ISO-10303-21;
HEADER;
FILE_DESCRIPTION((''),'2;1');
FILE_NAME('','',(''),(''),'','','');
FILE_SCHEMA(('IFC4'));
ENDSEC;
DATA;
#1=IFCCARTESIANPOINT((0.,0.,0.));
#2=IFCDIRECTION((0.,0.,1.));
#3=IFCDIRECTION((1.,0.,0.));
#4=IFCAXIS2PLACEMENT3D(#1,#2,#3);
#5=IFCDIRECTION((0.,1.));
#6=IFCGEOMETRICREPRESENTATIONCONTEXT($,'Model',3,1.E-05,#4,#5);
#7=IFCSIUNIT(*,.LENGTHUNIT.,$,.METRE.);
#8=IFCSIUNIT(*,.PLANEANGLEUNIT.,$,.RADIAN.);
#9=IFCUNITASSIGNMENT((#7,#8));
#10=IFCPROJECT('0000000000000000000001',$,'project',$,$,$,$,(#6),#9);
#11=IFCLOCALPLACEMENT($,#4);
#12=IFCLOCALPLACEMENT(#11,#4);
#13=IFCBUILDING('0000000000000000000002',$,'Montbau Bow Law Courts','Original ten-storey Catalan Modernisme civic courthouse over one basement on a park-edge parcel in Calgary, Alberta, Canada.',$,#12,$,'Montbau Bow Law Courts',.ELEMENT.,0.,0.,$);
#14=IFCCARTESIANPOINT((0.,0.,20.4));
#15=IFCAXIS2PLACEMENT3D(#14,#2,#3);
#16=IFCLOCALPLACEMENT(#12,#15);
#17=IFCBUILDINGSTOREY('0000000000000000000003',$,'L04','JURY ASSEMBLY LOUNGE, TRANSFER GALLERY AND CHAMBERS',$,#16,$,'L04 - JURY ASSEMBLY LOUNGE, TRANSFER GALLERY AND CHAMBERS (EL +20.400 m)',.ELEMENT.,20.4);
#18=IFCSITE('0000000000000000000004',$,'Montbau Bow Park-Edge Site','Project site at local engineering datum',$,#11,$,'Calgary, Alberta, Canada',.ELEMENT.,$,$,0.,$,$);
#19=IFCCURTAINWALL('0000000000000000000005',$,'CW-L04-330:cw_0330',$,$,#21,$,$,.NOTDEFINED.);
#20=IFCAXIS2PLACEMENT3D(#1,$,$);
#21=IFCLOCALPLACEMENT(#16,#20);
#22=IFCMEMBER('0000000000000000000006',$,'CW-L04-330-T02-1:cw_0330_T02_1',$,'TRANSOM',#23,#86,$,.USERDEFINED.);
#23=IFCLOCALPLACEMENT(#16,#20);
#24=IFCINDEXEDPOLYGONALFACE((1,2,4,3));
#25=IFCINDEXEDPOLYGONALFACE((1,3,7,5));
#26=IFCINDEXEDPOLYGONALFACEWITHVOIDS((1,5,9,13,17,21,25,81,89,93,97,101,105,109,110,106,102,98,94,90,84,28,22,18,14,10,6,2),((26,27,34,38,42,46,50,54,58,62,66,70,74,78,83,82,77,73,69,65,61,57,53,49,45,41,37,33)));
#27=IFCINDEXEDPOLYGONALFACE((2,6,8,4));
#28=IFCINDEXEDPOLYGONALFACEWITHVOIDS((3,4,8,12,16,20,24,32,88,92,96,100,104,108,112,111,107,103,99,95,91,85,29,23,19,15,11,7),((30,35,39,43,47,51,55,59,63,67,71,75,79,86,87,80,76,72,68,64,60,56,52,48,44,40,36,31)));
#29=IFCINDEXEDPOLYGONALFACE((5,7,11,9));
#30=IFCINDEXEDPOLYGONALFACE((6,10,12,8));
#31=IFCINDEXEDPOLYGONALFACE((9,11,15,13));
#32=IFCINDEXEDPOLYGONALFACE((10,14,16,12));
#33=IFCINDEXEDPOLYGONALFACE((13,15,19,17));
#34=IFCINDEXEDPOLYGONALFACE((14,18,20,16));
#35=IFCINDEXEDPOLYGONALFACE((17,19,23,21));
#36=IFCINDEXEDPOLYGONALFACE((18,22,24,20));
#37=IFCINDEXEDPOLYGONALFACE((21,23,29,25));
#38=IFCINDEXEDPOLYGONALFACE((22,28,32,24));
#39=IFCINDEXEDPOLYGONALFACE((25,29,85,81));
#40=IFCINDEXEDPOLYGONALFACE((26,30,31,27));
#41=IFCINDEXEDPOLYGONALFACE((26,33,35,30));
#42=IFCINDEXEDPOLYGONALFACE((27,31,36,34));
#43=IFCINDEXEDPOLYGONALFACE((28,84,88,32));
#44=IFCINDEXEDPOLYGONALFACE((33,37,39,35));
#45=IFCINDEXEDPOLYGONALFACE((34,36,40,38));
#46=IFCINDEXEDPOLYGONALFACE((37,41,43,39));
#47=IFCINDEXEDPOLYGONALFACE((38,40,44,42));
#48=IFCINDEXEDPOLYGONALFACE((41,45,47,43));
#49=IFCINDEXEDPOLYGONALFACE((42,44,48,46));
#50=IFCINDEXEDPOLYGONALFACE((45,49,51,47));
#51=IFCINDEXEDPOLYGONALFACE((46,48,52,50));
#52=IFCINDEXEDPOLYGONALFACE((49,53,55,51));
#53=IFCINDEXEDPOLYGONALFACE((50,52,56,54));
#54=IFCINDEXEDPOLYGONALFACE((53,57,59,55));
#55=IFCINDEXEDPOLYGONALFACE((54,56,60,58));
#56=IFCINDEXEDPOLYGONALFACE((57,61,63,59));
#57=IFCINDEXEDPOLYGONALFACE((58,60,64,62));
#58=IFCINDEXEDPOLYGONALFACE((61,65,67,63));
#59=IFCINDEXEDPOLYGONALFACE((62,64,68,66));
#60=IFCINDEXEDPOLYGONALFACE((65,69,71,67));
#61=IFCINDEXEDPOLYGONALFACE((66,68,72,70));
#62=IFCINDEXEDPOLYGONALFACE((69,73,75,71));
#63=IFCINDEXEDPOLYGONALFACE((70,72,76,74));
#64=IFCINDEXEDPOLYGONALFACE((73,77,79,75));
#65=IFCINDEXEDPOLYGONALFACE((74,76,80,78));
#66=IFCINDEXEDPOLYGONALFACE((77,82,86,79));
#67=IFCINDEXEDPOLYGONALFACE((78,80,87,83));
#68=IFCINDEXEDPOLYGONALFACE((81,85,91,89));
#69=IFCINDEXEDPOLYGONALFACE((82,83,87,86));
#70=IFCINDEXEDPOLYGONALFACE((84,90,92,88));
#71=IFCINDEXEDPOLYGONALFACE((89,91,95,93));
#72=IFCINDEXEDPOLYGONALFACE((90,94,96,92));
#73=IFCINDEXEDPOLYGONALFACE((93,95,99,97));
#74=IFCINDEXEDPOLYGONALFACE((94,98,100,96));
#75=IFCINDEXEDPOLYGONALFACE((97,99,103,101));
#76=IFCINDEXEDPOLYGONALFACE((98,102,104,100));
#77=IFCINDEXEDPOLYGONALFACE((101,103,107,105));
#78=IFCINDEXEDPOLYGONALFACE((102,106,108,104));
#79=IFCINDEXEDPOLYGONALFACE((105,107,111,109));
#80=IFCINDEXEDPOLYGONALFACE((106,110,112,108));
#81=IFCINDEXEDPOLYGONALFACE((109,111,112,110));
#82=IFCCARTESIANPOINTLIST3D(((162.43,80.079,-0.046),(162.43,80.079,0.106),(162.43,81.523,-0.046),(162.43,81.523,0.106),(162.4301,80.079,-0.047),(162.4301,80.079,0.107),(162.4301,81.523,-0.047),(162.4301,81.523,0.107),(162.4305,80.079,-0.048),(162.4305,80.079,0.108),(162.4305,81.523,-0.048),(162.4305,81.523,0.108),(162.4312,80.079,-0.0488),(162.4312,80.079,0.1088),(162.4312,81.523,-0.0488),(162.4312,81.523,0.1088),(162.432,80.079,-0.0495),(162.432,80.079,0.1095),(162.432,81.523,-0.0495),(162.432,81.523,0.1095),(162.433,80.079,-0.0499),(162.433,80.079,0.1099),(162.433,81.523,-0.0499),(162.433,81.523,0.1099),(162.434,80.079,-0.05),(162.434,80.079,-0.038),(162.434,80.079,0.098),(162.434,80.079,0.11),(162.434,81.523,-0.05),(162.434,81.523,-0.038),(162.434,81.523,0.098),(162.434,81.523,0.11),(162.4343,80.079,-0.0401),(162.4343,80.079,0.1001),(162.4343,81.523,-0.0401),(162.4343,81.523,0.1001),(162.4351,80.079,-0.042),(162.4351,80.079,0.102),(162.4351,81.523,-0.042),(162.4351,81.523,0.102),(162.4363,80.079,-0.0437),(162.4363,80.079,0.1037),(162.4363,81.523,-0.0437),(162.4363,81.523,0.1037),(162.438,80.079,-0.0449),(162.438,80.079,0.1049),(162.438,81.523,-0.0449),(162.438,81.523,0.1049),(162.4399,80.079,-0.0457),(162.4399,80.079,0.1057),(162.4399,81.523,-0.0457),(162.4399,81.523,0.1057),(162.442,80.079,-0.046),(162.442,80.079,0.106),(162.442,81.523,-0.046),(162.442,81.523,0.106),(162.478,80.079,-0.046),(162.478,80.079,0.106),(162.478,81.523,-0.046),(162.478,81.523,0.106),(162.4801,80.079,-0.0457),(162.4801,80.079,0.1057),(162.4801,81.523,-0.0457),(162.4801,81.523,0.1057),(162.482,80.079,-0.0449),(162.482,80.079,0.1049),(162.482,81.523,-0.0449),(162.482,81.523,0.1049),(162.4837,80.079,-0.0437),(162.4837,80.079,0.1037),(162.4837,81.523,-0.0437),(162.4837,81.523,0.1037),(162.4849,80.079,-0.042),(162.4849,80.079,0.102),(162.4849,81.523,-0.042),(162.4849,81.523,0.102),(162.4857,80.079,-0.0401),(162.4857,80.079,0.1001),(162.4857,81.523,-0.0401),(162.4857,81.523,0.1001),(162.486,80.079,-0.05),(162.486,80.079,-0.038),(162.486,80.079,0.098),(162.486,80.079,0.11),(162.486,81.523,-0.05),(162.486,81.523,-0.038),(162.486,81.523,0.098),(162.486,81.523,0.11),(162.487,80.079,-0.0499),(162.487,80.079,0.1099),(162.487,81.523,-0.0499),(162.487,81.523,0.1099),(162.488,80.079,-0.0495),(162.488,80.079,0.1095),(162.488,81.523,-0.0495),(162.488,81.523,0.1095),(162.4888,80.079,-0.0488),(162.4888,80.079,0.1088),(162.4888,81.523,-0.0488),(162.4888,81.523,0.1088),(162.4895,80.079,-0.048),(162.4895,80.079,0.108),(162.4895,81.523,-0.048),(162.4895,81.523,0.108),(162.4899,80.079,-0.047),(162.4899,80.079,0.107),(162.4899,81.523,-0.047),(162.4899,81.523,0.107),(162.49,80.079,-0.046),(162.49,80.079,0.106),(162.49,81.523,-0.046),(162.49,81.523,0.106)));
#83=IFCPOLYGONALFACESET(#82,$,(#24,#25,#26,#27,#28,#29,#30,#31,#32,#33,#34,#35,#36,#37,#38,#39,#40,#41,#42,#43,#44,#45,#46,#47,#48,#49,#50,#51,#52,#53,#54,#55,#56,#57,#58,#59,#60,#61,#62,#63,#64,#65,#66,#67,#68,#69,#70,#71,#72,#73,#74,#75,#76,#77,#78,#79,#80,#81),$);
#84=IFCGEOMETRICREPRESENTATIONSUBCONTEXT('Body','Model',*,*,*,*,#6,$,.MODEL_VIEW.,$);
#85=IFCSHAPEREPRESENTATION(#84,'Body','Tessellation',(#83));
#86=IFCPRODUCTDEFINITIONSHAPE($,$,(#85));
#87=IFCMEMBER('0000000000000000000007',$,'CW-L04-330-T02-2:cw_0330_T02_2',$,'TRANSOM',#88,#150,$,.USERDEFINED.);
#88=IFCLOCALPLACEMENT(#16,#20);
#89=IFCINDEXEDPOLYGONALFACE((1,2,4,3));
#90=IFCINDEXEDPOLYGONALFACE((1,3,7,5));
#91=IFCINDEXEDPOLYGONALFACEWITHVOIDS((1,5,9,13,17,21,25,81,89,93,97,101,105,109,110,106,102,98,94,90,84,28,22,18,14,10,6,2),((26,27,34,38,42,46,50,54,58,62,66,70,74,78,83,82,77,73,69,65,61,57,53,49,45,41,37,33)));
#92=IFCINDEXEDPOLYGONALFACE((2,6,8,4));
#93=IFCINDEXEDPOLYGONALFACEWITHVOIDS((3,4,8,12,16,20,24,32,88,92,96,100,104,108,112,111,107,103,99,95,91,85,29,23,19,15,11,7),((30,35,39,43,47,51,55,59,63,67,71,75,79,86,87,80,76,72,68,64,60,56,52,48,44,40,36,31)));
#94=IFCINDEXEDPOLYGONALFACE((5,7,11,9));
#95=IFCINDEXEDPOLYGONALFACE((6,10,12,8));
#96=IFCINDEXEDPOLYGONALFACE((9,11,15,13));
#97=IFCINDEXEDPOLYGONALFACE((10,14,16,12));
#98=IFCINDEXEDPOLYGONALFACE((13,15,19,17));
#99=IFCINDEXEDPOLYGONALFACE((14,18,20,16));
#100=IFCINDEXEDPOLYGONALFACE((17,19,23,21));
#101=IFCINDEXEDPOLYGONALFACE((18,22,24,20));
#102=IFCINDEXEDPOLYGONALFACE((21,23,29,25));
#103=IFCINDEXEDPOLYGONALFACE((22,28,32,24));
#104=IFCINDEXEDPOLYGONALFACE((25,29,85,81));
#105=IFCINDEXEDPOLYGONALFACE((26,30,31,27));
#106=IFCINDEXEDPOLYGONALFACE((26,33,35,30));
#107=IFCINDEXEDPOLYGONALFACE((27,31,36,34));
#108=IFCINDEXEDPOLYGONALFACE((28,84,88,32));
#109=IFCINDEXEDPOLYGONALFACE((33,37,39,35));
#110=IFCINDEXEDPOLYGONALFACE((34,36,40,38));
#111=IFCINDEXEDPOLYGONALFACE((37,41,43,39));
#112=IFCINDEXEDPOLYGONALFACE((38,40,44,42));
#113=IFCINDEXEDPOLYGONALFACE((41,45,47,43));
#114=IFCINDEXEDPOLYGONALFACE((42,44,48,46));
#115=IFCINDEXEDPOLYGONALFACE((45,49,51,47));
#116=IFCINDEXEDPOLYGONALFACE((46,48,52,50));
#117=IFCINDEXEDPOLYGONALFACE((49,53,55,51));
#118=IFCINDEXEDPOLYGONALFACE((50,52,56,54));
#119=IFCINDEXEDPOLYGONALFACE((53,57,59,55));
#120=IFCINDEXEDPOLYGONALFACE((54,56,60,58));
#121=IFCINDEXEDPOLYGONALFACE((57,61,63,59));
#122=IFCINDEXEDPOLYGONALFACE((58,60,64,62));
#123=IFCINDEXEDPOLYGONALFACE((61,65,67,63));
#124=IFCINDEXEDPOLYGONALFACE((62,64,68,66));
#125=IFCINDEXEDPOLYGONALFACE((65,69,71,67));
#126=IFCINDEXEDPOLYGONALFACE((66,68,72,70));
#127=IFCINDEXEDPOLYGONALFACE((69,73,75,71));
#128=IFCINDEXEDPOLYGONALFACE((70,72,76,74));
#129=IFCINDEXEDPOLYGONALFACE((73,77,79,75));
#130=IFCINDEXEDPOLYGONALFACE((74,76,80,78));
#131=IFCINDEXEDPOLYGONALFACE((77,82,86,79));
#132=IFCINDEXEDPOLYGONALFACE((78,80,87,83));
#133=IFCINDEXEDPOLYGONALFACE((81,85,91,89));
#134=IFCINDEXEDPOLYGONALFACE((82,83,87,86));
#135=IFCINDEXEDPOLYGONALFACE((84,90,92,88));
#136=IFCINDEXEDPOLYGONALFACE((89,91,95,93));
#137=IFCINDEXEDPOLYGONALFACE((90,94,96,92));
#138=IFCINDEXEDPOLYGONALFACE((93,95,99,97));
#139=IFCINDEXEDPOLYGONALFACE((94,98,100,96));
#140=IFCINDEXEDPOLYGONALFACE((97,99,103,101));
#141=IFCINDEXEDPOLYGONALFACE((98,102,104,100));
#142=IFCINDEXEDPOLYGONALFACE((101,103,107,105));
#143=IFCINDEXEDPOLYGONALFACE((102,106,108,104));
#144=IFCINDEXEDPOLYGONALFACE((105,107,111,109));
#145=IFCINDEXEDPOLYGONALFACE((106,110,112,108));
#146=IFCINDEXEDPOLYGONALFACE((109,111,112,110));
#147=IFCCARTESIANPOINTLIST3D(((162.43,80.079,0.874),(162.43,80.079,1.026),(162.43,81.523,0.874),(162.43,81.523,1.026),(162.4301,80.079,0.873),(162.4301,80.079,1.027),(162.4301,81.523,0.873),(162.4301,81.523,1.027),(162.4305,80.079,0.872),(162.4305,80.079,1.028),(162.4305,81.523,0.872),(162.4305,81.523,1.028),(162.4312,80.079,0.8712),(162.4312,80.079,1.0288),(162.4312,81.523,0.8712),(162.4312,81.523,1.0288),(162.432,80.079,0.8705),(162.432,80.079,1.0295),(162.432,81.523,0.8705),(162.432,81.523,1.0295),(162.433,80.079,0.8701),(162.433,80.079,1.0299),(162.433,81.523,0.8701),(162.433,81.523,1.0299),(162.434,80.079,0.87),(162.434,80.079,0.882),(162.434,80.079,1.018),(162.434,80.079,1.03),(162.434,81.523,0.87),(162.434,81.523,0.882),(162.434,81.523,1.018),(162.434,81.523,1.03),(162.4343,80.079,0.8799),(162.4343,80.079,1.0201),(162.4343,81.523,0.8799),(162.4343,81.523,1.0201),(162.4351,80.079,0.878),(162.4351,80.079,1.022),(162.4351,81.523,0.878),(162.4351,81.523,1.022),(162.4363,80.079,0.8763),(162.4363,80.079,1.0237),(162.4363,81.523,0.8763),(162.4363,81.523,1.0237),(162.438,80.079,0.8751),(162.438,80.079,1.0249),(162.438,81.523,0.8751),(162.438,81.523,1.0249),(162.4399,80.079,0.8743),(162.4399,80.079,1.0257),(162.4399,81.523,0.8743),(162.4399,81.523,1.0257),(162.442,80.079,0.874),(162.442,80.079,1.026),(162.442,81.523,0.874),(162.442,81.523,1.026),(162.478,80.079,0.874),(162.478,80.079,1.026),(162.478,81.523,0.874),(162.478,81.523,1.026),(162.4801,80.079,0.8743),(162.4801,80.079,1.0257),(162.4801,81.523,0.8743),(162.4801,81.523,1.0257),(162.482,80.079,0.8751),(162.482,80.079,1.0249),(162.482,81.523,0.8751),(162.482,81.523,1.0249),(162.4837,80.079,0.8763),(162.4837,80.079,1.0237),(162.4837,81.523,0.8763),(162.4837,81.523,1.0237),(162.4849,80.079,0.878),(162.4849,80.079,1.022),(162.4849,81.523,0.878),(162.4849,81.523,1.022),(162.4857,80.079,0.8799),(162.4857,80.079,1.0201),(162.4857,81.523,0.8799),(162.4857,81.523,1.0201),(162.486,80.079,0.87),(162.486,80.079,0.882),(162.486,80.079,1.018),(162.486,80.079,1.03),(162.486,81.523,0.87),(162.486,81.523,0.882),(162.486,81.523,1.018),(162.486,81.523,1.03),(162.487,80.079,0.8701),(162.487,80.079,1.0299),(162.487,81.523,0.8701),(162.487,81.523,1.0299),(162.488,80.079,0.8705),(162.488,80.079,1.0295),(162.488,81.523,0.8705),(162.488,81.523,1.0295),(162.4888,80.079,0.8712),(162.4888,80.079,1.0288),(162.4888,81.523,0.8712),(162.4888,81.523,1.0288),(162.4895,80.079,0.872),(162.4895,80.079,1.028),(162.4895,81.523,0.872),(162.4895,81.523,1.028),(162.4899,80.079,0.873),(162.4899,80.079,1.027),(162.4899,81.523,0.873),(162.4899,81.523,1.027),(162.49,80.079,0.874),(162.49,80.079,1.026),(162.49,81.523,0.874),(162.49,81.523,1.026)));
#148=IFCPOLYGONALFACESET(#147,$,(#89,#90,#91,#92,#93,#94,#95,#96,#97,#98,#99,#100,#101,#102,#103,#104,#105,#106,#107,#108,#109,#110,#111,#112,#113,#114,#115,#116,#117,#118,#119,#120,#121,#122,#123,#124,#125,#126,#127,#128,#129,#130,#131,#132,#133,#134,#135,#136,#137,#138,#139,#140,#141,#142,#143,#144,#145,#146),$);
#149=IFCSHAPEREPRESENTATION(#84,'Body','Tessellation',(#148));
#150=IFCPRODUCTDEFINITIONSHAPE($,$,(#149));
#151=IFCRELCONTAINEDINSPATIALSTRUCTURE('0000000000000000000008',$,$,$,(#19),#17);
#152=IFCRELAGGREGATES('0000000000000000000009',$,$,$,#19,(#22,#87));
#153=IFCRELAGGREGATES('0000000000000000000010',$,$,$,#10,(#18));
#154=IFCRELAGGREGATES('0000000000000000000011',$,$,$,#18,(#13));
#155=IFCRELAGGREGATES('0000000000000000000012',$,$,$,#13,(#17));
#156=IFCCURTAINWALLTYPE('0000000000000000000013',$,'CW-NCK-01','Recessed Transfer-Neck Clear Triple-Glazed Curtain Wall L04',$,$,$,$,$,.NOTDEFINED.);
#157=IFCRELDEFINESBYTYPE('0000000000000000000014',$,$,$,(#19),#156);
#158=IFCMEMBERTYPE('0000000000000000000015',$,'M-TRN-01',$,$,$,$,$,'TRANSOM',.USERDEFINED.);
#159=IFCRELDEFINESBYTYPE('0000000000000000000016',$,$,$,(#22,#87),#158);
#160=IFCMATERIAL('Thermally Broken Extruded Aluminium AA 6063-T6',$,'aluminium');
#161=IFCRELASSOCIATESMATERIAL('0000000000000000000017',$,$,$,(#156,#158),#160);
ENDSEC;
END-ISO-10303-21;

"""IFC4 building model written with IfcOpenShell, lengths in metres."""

from ifc_helpers import new_model, si_unit, direction, frame, origin_with_axes, origin_2d_with_axis, place, context, subcontext, project, spatial, hollow_rectangle, extrude, material, material_profile, profile_set, type_object, element, aggregate, save


model = new_model("IFC4")

# Units and contexts
model_context = context("Model", 3, precision=1e-05, world=origin_with_axes(), true_north=direction((0.0, 1.0)))
body_context = subcontext(model_context, "Body", "Model", "MODEL_VIEW")
ifc_project = project(units=[si_unit("LENGTHUNIT", "METRE"), si_unit("PLANEANGLEUNIT", "RADIAN")], contexts=[model_context])

# Site, building, storey
site_placement = place(None, origin_with_axes())
site = spatial("IfcSite", under=ifc_project, at=site_placement, Name="Montbau Bow Park-Edge Site", Description="Project site at local engineering datum", LongName="Calgary, Alberta, Canada", CompositionType="ELEMENT", RefElevation=0.0)
building_placement = place(site_placement, origin_with_axes())
building = spatial("IfcBuilding", under=site, at=building_placement, Name="Montbau Bow Law Courts", Description="Original ten-storey Catalan Modernisme civic courthouse over one basement on a park-edge parcel in Calgary, Alberta, Canada.", LongName="Montbau Bow Law Courts", CompositionType="ELEMENT", ElevationOfRefHeight=0.0, ElevationOfTerrain=0.0)
storey_placement = place(building_placement, frame((0.0, 0.0, 20.4), z_axis=(0.0, 0.0, 1.0), x_axis=(1.0, 0.0, 0.0)))
storey = spatial("IfcBuildingStorey", under=building, at=storey_placement, Name="L04", Description="JURY ASSEMBLY LOUNGE, TRANSFER GALLERY AND CHAMBERS", LongName="L04 - JURY ASSEMBLY LOUNGE, TRANSFER GALLERY AND CHAMBERS (EL +20.400 m)", CompositionType="ELEMENT", Elevation=20.4)

# Curtain wall
ifc_material_1 = material(Name="Thermally Broken Extruded Aluminium AA 6063-T6", Category="aluminium")
curtain_wall_type = type_object("IfcCurtainWallType", Name="CW-NCK-01", Description="Recessed Transfer-Neck Clear Triple-Glazed Curtain Wall L04", PredefinedType="NOTDEFINED", material=ifc_material_1)
curtain_wall_1_placement = place(None, frame((162.46, 78.515, 20.4), z_axis=(0.0, 0.0, 1.0), x_axis=(1.0, 0.0, 0.0)))
curtain_wall_1 = element("IfcCurtainWall", 1, at=curtain_wall_1_placement, inside=storey, type_object=curtain_wall_type, Name="CW-L04-330:cw_0330", PredefinedType="NOTDEFINED")

# Members
ifc_material_profile_1 = material_profile(ifc_material_1, hollow_rectangle(XDim=0.06, YDim=0.16, WallThickness=0.004, InnerFilletRadius=0.008, OuterFilletRadius=0.004, at=origin_2d_with_axis()), Name="CWT-160X60", Category="Main", Priority=0)
ifc_profile_set_1 = profile_set([ifc_material_profile_1], Name="Thermally Broken Extruded Aluminium AA 6063-T6")
member_type_1 = type_object("IfcMemberType", Name="M-TRN-01", ElementType="TRANSOM", PredefinedType="USERDEFINED", material=ifc_profile_set_1)
member_1_placement = place(None, frame((162.46, 80.079, 20.43), z_axis=(0.0, 1.0, 0.0), x_axis=(-1.0, 0.0, 0.0)))
member_1 = element("IfcMember", 2, at=member_1_placement, type_object=member_type_1, Name="CW-L04-330-T02-1:cw_0330_T02_1", ObjectType="TRANSOM", PredefinedType="USERDEFINED", context=body_context, shape_type="SweptSolid", body=[
    extrude(hollow_rectangle(XDim=0.06, YDim=0.16, WallThickness=0.004, InnerFilletRadius=0.008, OuterFilletRadius=0.004, at=origin_2d_with_axis()), origin_with_axes(), (0.0, 0.0, 1.0), 1.444),
])
member_2_placement = place(None, frame((162.46, 80.079, 21.35), z_axis=(0.0, 1.0, 0.0), x_axis=(-1.0, 0.0, 0.0)))
member_2 = element("IfcMember", 3, at=member_2_placement, type_object=member_type_1, Name="CW-L04-330-T02-2:cw_0330_T02_2", ObjectType="TRANSOM", PredefinedType="USERDEFINED", context=body_context, shape_type="SweptSolid", body=[
    extrude(hollow_rectangle(XDim=0.06, YDim=0.16, WallThickness=0.004, InnerFilletRadius=0.008, OuterFilletRadius=0.004, at=origin_2d_with_axis()), origin_with_axes(), (0.0, 0.0, 1.0), 1.444),
])

aggregate(curtain_wall_1, [member_1, member_2])

save(model, "model.ifc")
